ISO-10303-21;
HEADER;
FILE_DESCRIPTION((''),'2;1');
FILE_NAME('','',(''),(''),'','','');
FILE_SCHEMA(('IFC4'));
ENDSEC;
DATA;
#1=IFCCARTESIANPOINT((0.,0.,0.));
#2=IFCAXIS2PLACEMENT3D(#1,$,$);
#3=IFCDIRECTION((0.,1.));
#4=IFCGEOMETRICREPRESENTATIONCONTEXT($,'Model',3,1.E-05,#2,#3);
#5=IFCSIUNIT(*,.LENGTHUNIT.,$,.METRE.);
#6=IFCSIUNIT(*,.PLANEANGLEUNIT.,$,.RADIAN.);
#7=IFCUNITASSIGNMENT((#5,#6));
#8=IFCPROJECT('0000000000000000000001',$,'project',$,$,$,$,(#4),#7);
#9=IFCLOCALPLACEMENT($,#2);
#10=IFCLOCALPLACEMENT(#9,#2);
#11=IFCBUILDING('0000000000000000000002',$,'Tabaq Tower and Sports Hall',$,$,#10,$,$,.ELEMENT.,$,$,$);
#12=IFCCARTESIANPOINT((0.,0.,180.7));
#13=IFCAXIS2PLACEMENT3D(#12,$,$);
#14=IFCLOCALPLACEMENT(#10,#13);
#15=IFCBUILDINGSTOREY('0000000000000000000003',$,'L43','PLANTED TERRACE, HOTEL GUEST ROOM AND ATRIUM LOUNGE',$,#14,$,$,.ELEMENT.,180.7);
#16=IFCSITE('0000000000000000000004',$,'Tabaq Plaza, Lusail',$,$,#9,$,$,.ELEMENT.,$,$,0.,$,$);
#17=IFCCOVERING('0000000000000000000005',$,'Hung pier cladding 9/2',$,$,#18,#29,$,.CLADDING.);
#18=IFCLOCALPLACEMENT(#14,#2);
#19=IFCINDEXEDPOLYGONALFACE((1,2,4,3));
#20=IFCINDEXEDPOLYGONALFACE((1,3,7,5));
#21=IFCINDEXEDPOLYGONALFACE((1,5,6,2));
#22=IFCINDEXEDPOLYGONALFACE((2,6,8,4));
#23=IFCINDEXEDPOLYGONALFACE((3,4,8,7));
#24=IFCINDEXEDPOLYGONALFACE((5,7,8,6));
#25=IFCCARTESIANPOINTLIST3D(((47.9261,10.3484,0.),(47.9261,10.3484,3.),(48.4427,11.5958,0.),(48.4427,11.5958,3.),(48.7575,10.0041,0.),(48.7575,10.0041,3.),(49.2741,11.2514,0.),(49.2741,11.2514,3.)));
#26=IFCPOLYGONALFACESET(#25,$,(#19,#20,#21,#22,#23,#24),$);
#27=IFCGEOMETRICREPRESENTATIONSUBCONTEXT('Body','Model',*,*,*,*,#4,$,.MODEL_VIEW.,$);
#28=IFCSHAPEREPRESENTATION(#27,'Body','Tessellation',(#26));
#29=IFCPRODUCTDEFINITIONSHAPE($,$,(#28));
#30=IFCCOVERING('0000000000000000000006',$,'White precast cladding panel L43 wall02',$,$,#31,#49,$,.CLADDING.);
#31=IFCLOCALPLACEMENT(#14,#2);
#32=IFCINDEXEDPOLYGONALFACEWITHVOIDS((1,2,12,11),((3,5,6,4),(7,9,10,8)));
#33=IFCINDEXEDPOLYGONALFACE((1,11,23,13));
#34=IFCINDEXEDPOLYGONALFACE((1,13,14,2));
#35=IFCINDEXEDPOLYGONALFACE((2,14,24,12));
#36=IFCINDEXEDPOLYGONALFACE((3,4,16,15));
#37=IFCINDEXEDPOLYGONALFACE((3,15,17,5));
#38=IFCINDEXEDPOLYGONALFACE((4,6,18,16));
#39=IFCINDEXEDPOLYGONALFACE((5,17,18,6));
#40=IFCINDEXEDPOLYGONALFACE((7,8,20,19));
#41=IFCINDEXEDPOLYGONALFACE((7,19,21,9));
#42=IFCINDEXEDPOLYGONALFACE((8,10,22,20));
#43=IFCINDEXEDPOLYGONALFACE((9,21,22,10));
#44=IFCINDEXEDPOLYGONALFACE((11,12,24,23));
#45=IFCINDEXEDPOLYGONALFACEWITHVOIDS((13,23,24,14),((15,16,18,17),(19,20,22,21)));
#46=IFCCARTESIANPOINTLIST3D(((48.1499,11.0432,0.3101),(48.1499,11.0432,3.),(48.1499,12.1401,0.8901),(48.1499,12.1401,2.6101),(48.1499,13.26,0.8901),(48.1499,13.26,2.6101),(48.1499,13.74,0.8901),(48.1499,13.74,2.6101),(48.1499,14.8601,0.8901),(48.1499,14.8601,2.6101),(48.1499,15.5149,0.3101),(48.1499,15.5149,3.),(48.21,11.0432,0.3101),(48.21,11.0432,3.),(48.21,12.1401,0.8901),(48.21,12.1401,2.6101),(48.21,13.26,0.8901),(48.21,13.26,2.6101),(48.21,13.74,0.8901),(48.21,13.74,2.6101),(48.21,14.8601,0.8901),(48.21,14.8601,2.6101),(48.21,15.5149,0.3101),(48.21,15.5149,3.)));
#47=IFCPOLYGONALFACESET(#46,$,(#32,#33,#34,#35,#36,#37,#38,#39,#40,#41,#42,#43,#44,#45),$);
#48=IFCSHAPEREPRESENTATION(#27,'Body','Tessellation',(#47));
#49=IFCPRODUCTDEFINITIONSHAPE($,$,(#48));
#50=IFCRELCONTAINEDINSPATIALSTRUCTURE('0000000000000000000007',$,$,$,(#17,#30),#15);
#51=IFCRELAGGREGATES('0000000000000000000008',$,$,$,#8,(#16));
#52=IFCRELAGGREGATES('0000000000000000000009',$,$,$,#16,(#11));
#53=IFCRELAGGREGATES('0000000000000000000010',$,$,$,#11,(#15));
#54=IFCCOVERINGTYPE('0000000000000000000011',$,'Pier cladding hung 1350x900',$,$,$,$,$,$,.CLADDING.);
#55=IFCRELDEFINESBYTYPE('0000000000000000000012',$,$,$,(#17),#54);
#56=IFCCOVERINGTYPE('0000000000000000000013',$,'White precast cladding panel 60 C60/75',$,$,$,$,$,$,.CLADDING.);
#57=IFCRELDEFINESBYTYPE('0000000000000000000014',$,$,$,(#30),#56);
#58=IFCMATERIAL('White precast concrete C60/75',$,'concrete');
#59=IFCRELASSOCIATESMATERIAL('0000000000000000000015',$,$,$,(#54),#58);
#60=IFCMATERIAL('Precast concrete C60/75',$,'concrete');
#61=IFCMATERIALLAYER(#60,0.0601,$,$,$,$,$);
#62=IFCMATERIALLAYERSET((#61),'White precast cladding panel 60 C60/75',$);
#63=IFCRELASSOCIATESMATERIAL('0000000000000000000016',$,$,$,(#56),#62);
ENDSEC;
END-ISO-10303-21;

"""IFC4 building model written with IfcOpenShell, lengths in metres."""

from ifc_helpers import new_model, si_unit, direction, frame, frame_2d, origin, place, context, subcontext, project, spatial, polyline, rectangle, outline, extrude, material, layer, layer_set, type_object, element, save


model = new_model("IFC4")

# Units and contexts
model_context = context("Model", 3, precision=1e-05, world=origin(), true_north=direction((0.0, 1.0)))
body_context = subcontext(model_context, "Body", "Model", "MODEL_VIEW")
ifc_project = project(units=[si_unit("LENGTHUNIT", "METRE"), si_unit("PLANEANGLEUNIT", "RADIAN")], contexts=[model_context])

# Site, building, storey
site_placement = place(None, origin())
site = spatial("IfcSite", under=ifc_project, at=site_placement, Name="Tabaq Plaza, Lusail", CompositionType="ELEMENT", RefElevation=0.0)
building_placement = place(site_placement, origin())
building = spatial("IfcBuilding", under=site, at=building_placement, Name="Tabaq Tower and Sports Hall", CompositionType="ELEMENT")
storey_placement = place(building_placement, frame((0.0, 0.0, 180.7)))
storey = spatial("IfcBuildingStorey", under=building, at=storey_placement, Name="L43", Description="PLANTED TERRACE, HOTEL GUEST ROOM AND ATRIUM LOUNGE", CompositionType="ELEMENT", Elevation=180.7)

# Coverings
ifc_material_1 = material(Name="White precast concrete C60/75", Category="concrete")
covering_type_1 = type_object("IfcCoveringType", Name="Pier cladding hung 1350x900", PredefinedType="CLADDING", material=ifc_material_1)
covering_1_placement = place(storey_placement, frame((48.3418, 10.1763, 0.0), z_axis=(0.0, 0.0, 1.0), x_axis=(0.38265, 0.923893, 0.0)))
element("IfcCovering", 1, at=covering_1_placement, inside=storey, type_object=covering_type_1, Name="Hung pier cladding 9/2", PredefinedType="CLADDING", context=body_context, shape_type="SweptSolid", body=[
    extrude(rectangle(XDim=1.3501, YDim=0.8999, at=frame_2d((0.675, 0.0))), origin(), (0.0, 0.0, 1.0), 3.0),
])
ifc_material_2 = material(Name="Precast concrete C60/75", Category="concrete")
ifc_layer_1 = layer(ifc_material_2, 0.0601)
ifc_layer_set_1 = layer_set([ifc_layer_1], Name="White precast cladding panel 60 C60/75")
covering_type_2 = type_object("IfcCoveringType", Name="White precast cladding panel 60 C60/75", PredefinedType="CLADDING", material=ifc_layer_set_1)
covering_2_placement = place(storey_placement, frame((48.1799, 11.0432, 0.3101), z_axis=(0.0, 0.0, 1.0), x_axis=(0.0, 1.0, 0.0)))
element("IfcCovering", 2, at=covering_2_placement, inside=storey, type_object=covering_type_2, Name="White precast cladding panel L43 wall02", PredefinedType="CLADDING", context=body_context, shape_type="SweptSolid", body=[
    extrude(outline(polyline([(0.0, 0.0), (4.4717, 0.0), (4.4717, 2.6899), (0.0, 2.6899), (0.0, 0.0)]), holes=[polyline([(1.0969, 2.3), (2.2168, 2.3), (2.2168, 0.5801), (1.0969, 0.5801), (1.0969, 2.3)]), polyline([(2.6968, 2.3), (3.8169, 2.3), (3.8169, 0.5801), (2.6968, 0.5801), (2.6968, 2.3)])]), frame((0.0, 0.03, 0.0), z_axis=(0.0, -1.0, 0.0), x_axis=(1.0, 0.0, 0.0)), (0.0, 0.0, 1.0), 0.0601),
])

save(model, "model.ifc")
